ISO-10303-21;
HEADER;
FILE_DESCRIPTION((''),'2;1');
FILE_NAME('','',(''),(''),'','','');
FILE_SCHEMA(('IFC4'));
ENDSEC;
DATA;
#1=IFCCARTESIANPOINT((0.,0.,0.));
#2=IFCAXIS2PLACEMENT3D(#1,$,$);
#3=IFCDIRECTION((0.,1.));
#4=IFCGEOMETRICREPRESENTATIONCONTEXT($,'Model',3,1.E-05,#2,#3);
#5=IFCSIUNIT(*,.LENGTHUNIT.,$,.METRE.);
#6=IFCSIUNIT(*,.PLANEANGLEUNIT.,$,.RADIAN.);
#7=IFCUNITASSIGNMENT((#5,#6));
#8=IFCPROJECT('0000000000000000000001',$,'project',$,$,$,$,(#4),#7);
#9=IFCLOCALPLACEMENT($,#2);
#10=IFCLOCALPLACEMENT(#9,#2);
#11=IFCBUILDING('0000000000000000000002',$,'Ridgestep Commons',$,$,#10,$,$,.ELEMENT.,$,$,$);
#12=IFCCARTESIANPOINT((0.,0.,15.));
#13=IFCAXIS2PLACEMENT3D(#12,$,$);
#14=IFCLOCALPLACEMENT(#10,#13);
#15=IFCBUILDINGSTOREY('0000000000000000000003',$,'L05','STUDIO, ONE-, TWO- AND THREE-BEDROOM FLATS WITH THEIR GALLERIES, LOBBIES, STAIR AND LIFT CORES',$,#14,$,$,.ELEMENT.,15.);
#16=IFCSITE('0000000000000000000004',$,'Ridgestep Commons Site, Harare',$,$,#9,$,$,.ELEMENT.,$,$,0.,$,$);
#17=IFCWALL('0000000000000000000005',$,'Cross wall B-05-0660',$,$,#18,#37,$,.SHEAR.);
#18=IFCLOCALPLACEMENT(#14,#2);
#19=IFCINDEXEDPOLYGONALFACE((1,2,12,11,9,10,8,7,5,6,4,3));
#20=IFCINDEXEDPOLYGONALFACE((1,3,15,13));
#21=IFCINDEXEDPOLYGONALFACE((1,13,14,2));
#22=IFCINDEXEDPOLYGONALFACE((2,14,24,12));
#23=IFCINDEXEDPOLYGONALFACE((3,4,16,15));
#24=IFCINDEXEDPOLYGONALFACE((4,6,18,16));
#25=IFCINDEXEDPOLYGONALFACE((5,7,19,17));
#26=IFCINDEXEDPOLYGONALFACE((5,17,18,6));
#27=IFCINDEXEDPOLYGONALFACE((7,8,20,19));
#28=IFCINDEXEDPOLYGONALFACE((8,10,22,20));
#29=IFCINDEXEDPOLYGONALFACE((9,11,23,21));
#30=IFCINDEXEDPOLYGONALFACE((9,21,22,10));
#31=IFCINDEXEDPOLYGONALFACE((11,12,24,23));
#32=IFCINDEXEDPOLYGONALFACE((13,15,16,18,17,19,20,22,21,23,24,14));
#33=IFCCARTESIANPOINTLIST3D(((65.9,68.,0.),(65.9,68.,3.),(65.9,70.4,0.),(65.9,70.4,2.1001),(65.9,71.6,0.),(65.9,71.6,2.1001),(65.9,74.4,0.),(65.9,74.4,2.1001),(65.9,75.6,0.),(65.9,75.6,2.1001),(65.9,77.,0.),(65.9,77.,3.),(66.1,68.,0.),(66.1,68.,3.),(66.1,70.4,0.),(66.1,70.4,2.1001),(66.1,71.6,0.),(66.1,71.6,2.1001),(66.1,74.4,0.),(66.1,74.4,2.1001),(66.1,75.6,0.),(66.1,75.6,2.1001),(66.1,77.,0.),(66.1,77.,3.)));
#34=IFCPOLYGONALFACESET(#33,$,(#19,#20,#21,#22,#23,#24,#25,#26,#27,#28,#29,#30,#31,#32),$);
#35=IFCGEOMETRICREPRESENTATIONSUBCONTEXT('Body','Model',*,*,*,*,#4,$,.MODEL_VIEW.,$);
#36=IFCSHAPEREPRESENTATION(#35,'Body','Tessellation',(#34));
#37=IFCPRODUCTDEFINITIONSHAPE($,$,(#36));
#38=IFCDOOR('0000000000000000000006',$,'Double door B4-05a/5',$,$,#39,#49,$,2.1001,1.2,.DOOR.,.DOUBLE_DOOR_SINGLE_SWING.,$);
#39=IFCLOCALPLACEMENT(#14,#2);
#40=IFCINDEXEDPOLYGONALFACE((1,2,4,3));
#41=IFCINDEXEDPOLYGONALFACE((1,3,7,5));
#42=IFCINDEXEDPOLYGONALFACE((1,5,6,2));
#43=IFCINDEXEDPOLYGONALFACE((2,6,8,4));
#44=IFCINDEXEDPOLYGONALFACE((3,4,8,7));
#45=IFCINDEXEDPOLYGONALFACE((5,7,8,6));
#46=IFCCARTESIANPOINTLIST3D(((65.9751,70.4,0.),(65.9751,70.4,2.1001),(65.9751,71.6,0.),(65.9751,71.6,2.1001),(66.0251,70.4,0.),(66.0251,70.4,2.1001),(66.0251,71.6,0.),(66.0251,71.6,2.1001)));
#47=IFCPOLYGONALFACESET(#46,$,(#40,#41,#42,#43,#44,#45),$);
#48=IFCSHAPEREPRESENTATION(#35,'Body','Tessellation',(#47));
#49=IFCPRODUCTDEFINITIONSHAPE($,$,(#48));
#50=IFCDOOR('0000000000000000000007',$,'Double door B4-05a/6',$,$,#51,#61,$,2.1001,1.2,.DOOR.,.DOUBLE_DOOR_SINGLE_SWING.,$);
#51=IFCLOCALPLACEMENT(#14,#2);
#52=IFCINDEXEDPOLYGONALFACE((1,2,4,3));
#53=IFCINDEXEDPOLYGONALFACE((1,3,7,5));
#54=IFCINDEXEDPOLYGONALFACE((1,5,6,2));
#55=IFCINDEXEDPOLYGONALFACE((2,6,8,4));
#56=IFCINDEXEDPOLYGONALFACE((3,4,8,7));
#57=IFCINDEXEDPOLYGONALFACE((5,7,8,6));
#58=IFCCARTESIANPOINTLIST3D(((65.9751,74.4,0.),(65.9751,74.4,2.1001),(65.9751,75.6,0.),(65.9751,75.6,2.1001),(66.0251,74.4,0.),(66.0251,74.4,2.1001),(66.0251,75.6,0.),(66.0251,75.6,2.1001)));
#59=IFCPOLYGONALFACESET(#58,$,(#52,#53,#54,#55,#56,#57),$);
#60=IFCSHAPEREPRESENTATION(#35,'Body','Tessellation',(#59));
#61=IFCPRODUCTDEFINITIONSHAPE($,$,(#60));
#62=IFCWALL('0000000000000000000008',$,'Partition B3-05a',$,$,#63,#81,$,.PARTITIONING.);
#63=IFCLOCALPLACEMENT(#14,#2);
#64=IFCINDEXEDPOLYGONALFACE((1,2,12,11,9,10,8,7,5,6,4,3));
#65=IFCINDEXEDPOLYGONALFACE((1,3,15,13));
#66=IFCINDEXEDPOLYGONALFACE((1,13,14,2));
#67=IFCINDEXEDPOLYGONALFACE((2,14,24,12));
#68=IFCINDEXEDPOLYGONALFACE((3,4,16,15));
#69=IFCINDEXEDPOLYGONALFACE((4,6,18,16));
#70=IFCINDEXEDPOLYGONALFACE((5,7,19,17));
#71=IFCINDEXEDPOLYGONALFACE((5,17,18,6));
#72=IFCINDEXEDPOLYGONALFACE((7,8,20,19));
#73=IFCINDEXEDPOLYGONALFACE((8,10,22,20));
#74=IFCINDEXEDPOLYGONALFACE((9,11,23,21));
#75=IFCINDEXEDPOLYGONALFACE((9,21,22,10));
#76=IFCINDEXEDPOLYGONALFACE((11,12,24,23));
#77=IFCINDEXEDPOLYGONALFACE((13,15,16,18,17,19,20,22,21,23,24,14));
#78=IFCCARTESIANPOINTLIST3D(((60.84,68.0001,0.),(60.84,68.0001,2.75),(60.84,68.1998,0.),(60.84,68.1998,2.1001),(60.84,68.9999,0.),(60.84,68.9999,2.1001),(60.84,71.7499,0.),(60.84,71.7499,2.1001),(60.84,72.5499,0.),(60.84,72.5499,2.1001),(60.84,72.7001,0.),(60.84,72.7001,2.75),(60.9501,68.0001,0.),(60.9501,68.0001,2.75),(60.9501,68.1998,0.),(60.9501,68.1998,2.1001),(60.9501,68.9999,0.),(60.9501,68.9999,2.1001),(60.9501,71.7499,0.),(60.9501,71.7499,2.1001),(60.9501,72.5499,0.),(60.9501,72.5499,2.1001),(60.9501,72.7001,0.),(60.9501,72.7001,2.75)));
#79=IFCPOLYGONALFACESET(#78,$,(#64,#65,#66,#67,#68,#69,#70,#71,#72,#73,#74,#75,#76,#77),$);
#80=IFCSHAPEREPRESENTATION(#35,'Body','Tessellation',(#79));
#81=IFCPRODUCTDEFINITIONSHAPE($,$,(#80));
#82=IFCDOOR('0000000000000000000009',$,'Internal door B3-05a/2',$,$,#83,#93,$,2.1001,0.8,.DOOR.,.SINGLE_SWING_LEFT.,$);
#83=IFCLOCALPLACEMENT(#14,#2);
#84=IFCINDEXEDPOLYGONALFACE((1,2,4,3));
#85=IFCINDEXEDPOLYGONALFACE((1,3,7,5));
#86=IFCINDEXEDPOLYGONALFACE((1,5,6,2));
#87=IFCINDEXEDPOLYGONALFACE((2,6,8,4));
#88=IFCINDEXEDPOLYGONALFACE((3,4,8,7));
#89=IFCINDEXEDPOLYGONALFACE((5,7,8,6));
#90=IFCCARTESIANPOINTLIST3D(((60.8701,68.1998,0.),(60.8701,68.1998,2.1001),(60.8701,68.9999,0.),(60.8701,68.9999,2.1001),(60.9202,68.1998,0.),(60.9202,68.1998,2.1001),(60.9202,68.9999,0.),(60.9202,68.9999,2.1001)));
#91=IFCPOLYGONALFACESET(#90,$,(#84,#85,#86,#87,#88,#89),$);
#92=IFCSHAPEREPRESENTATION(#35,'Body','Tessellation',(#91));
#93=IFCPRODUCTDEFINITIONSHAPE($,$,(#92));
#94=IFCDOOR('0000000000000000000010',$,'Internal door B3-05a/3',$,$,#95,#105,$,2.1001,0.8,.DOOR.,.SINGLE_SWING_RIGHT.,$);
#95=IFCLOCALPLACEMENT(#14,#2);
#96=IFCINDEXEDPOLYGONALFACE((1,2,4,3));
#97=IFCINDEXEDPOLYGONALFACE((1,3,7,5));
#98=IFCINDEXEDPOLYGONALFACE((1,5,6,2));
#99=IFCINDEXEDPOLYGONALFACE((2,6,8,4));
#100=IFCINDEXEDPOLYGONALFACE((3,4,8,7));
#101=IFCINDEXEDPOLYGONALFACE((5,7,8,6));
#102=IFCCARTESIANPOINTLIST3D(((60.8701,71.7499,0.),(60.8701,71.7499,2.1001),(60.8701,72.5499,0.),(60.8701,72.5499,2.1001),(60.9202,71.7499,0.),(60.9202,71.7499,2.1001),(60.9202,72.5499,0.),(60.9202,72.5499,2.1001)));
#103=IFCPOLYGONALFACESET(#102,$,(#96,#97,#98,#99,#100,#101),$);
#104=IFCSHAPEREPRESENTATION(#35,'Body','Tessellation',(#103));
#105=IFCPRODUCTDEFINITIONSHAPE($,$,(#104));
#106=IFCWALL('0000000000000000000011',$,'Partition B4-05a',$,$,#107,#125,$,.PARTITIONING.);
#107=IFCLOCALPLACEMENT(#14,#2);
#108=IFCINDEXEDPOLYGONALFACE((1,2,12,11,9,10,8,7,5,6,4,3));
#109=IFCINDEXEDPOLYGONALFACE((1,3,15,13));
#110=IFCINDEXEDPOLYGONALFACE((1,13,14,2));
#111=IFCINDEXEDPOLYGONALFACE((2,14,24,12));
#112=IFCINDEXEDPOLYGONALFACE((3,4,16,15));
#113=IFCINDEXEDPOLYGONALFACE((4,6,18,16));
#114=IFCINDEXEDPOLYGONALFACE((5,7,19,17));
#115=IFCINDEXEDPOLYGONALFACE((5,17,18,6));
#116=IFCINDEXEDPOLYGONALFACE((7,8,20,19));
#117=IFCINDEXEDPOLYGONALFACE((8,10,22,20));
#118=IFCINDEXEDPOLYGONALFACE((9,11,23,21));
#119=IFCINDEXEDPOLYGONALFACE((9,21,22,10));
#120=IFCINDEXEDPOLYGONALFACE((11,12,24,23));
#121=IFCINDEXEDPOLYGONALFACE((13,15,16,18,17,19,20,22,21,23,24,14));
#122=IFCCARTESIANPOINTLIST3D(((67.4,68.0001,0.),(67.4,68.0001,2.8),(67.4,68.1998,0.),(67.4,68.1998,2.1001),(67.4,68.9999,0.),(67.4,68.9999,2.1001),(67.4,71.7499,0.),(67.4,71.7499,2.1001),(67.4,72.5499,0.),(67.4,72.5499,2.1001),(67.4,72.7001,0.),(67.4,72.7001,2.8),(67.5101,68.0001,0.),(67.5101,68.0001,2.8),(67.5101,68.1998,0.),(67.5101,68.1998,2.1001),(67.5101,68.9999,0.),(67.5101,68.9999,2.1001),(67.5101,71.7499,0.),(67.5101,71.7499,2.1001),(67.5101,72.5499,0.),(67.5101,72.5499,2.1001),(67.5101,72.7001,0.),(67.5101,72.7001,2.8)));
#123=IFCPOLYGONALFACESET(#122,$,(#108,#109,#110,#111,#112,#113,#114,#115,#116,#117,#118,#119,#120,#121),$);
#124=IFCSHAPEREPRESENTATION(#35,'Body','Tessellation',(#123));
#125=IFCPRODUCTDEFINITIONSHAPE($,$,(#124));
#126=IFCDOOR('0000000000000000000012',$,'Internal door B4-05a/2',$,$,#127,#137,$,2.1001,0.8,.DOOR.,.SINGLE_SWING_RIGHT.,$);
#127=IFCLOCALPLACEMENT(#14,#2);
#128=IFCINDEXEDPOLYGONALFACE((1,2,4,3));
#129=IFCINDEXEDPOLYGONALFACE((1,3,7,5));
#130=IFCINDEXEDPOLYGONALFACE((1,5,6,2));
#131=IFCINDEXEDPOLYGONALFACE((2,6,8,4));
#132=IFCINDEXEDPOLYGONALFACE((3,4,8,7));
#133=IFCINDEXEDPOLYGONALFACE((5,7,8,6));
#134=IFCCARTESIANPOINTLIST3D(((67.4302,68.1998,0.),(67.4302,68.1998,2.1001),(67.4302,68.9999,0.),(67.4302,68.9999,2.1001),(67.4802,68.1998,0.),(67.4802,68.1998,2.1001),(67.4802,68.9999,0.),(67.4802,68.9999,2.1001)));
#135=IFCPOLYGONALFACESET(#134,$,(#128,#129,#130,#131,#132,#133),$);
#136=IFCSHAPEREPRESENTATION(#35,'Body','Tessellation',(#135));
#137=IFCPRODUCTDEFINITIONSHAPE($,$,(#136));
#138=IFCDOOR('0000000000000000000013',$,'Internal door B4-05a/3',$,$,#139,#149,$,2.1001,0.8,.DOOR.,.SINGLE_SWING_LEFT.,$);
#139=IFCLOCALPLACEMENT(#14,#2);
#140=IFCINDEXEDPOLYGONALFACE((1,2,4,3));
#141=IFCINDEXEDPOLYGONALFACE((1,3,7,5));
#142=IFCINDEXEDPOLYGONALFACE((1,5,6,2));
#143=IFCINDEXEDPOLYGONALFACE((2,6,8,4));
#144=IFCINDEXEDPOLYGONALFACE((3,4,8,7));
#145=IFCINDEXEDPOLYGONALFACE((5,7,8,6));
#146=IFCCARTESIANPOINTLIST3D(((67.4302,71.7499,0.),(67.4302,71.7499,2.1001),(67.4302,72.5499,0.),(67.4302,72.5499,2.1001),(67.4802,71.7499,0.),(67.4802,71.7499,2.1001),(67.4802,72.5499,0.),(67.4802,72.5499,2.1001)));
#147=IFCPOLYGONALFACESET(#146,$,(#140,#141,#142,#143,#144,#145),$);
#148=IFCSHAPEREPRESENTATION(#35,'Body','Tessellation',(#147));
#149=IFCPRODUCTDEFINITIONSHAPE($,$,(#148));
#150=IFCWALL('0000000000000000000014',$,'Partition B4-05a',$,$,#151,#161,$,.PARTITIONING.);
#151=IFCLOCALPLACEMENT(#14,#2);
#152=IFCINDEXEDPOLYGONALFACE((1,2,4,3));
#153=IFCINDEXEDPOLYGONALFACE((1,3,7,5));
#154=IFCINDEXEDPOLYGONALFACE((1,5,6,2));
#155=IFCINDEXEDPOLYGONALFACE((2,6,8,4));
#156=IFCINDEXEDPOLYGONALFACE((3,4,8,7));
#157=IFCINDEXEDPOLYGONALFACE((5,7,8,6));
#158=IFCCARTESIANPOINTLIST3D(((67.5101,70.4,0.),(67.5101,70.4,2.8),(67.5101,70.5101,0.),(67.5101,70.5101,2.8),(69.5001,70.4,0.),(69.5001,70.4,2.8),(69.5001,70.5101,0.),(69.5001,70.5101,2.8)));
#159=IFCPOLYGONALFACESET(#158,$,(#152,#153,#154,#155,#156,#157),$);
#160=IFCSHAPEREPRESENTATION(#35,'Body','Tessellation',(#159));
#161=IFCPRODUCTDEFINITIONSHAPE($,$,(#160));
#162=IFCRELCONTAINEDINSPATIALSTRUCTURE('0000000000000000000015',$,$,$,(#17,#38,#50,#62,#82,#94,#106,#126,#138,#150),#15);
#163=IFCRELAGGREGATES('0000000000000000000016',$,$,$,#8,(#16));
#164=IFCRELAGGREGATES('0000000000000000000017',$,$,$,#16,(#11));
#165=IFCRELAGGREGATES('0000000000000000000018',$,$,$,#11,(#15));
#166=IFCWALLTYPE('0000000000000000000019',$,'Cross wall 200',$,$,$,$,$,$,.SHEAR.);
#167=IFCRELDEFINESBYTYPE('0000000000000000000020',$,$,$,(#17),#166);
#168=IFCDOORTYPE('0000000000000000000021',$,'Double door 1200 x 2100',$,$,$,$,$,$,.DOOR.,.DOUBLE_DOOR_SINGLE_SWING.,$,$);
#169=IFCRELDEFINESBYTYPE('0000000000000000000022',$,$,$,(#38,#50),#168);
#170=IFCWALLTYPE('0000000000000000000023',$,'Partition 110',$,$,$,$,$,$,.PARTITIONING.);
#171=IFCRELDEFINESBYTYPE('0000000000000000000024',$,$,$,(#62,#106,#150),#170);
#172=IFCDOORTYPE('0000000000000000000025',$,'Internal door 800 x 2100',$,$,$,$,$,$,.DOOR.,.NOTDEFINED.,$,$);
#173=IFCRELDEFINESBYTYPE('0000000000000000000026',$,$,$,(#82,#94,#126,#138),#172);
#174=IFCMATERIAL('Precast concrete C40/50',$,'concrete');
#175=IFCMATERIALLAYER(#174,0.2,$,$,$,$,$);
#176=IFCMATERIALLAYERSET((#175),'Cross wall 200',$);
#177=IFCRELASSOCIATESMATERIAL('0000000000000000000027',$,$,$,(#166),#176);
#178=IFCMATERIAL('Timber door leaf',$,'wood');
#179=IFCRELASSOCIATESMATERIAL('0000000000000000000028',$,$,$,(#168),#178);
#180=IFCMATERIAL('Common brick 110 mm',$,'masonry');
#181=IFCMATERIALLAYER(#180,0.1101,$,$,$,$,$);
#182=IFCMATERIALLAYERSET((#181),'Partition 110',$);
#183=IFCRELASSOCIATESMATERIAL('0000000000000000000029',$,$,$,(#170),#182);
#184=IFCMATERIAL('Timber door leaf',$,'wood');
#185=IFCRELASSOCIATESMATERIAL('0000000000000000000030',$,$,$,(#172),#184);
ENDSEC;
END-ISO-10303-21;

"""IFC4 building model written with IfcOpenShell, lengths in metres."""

from ifc_helpers import new_model, si_unit, direction, frame, frame_2d, origin, place, context, subcontext, project, spatial, rectangle, extrude, material, layer, layer_set, type_object, element, fill, save


model = new_model("IFC4")

# Units and contexts
model_context = context("Model", 3, precision=1e-05, world=origin(), true_north=direction((0.0, 1.0)))
body_context = subcontext(model_context, "Body", "Model", "MODEL_VIEW")
ifc_project = project(units=[si_unit("LENGTHUNIT", "METRE"), si_unit("PLANEANGLEUNIT", "RADIAN")], contexts=[model_context])

# Site, building, storey
site_placement = place(None, origin())
site = spatial("IfcSite", under=ifc_project, at=site_placement, Name="Ridgestep Commons Site, Harare", CompositionType="ELEMENT", RefElevation=0.0)
building_placement = place(site_placement, origin())
building = spatial("IfcBuilding", under=site, at=building_placement, Name="Ridgestep Commons", CompositionType="ELEMENT")
storey_placement = place(building_placement, frame((0.0, 0.0, 15.0)))
storey = spatial("IfcBuildingStorey", under=building, at=storey_placement, Name="L05", Description="STUDIO, ONE-, TWO- AND THREE-BEDROOM FLATS WITH THEIR GALLERIES, LOBBIES, STAIR AND LIFT CORES", CompositionType="ELEMENT", Elevation=15.0)

# Walls, openings, doors
ifc_material_1 = material(Name="Precast concrete C40/50", Category="concrete")
ifc_layer_1 = layer(ifc_material_1, 0.2)
ifc_layer_set_1 = layer_set([ifc_layer_1], Name="Cross wall 200")
wall_type_1 = type_object("IfcWallType", Name="Cross wall 200", PredefinedType="SHEAR", material=ifc_layer_set_1)
wall_1_placement = place(storey_placement, frame((66.0, 68.0, 0.0), z_axis=(0.0, 0.0, 1.0), x_axis=(0.0, 1.0, 0.0)))
wall_1 = element("IfcWall", 1, at=wall_1_placement, inside=storey, type_object=wall_type_1, Name="Cross wall B-05-0660", PredefinedType="SHEAR", context=body_context, shape_type="SweptSolid", body=[
    extrude(rectangle(XDim=9.0, YDim=0.2, at=frame_2d((4.5, 0.0))), origin(), (0.0, 0.0, 1.0), 3.0),
])
opening_1_placement = place(wall_1_placement, frame((2.3999, 0.0, 0.0)))
opening_1 = element("IfcOpeningElement", 2, at=opening_1_placement, cuts=wall_1, PredefinedType="OPENING", context=body_context, shape_type="SweptSolid", body=[
    extrude(rectangle(XDim=1.2, YDim=2.1001, at=frame_2d((0.6001, 1.05))), frame((0.0, 0.1099, 0.0), z_axis=(0.0, -1.0, 0.0), x_axis=(1.0, 0.0, 0.0)), (0.0, 0.0, 1.0), 0.22),
])
opening_2_placement = place(wall_1_placement, frame((6.3999, 0.0, 0.0)))
opening_2 = element("IfcOpeningElement", 3, at=opening_2_placement, cuts=wall_1, PredefinedType="OPENING", context=body_context, shape_type="SweptSolid", body=[
    extrude(rectangle(XDim=1.2, YDim=2.1001, at=frame_2d((0.6001, 1.05))), frame((0.0, 0.1099, 0.0), z_axis=(0.0, -1.0, 0.0), x_axis=(1.0, 0.0, 0.0)), (0.0, 0.0, 1.0), 0.22),
])
ifc_material_2 = material(Name="Timber door leaf", Category="wood")
door_type_1 = type_object("IfcDoorType", Name="Double door 1200 x 2100", OperationType="DOUBLE_DOOR_SINGLE_SWING", PredefinedType="DOOR", material=ifc_material_2)
door_1_placement = place(opening_1_placement, origin())
door_1 = element("IfcDoor", 4, at=door_1_placement, inside=storey, type_object=door_type_1, Name="Double door B4-05a/5", OperationType="DOUBLE_DOOR_SINGLE_SWING", OverallHeight=2.1001, OverallWidth=1.2, PredefinedType="DOOR", context=body_context, shape_type="SweptSolid", body=[
    extrude(rectangle(XDim=1.2, YDim=2.1001, at=frame_2d((0.6001, 1.05))), frame((0.0, 0.0249, 0.0), z_axis=(0.0, -1.0, 0.0), x_axis=(1.0, 0.0, 0.0)), (0.0, 0.0, 1.0), 0.05),
])
fill(opening_1, door_1)
door_2_placement = place(opening_2_placement, origin())
door_2 = element("IfcDoor", 5, at=door_2_placement, inside=storey, type_object=door_type_1, Name="Double door B4-05a/6", OperationType="DOUBLE_DOOR_SINGLE_SWING", OverallHeight=2.1001, OverallWidth=1.2, PredefinedType="DOOR", context=body_context, shape_type="SweptSolid", body=[
    extrude(rectangle(XDim=1.2, YDim=2.1001, at=frame_2d((0.6001, 1.05))), frame((0.0, 0.0249, 0.0), z_axis=(0.0, -1.0, 0.0), x_axis=(1.0, 0.0, 0.0)), (0.0, 0.0, 1.0), 0.05),
])
fill(opening_2, door_2)
ifc_material_3 = material(Name="Common brick 110 mm", Category="masonry")
ifc_layer_2 = layer(ifc_material_3, 0.1101)
ifc_layer_set_2 = layer_set([ifc_layer_2], Name="Partition 110")
wall_type_2 = type_object("IfcWallType", Name="Partition 110", PredefinedType="PARTITIONING", material=ifc_layer_set_2)
wall_2_placement = place(storey_placement, frame((60.895, 68.0, 0.0), z_axis=(0.0, 0.0, 1.0), x_axis=(0.0, 1.0, 0.0)))
wall_2 = element("IfcWall", 6, at=wall_2_placement, inside=storey, type_object=wall_type_2, Name="Partition B3-05a", PredefinedType="PARTITIONING", context=body_context, shape_type="SweptSolid", body=[
    extrude(rectangle(XDim=4.7, YDim=0.1101, at=frame_2d((2.3501, 0.0))), origin(), (0.0, 0.0, 1.0), 2.75),
])
opening_3_placement = place(wall_2_placement, frame((0.2, 0.0, 0.0)))
opening_3 = element("IfcOpeningElement", 7, at=opening_3_placement, cuts=wall_2, PredefinedType="OPENING", context=body_context, shape_type="SweptSolid", body=[
    extrude(rectangle(XDim=0.8, YDim=2.1001, at=frame_2d((0.3999, 1.05))), frame((0.0, 0.0649, 0.0), z_axis=(0.0, -1.0, 0.0), x_axis=(1.0, 0.0, 0.0)), (0.0, 0.0, 1.0), 0.1301),
])
opening_4_placement = place(wall_2_placement, frame((3.75, 0.0, 0.0)))
opening_4 = element("IfcOpeningElement", 8, at=opening_4_placement, cuts=wall_2, PredefinedType="OPENING", context=body_context, shape_type="SweptSolid", body=[
    extrude(rectangle(XDim=0.8, YDim=2.1001, at=frame_2d((0.3999, 1.05))), frame((0.0, 0.0649, 0.0), z_axis=(0.0, -1.0, 0.0), x_axis=(1.0, 0.0, 0.0)), (0.0, 0.0, 1.0), 0.1301),
])
ifc_material_4 = material(Name="Timber door leaf", Category="wood")
door_type_2 = type_object("IfcDoorType", Name="Internal door 800 x 2100", OperationType="NOTDEFINED", PredefinedType="DOOR", material=ifc_material_4)
door_3_placement = place(opening_3_placement, origin())
door_3 = element("IfcDoor", 9, at=door_3_placement, inside=storey, type_object=door_type_2, Name="Internal door B3-05a/2", OperationType="SINGLE_SWING_LEFT", OverallHeight=2.1001, OverallWidth=0.8, PredefinedType="DOOR", context=body_context, shape_type="SweptSolid", body=[
    extrude(rectangle(XDim=0.8, YDim=2.1001, at=frame_2d((0.3999, 1.05))), frame((0.0, 0.0249, 0.0), z_axis=(0.0, -1.0, 0.0), x_axis=(1.0, 0.0, 0.0)), (0.0, 0.0, 1.0), 0.05),
])
fill(opening_3, door_3)
door_4_placement = place(opening_4_placement, origin())
door_4 = element("IfcDoor", 10, at=door_4_placement, inside=storey, type_object=door_type_2, Name="Internal door B3-05a/3", OperationType="SINGLE_SWING_RIGHT", OverallHeight=2.1001, OverallWidth=0.8, PredefinedType="DOOR", context=body_context, shape_type="SweptSolid", body=[
    extrude(rectangle(XDim=0.8, YDim=2.1001, at=frame_2d((0.3999, 1.05))), frame((0.0, 0.0249, 0.0), z_axis=(0.0, -1.0, 0.0), x_axis=(1.0, 0.0, 0.0)), (0.0, 0.0, 1.0), 0.05),
])
fill(opening_4, door_4)
wall_3_placement = place(storey_placement, frame((67.4551, 68.0, 0.0), z_axis=(0.0, 0.0, 1.0), x_axis=(0.0, 1.0, 0.0)))
wall_3 = element("IfcWall", 11, at=wall_3_placement, inside=storey, type_object=wall_type_2, Name="Partition B4-05a", PredefinedType="PARTITIONING", context=body_context, shape_type="SweptSolid", body=[
    extrude(rectangle(XDim=4.7, YDim=0.1101, at=frame_2d((2.3501, 0.0))), origin(), (0.0, 0.0, 1.0), 2.8),
])
opening_5_placement = place(wall_3_placement, frame((0.2, 0.0, 0.0)))
opening_5 = element("IfcOpeningElement", 12, at=opening_5_placement, cuts=wall_3, PredefinedType="OPENING", context=body_context, shape_type="SweptSolid", body=[
    extrude(rectangle(XDim=0.8, YDim=2.1001, at=frame_2d((0.3999, 1.05))), frame((0.0, 0.0649, 0.0), z_axis=(0.0, -1.0, 0.0), x_axis=(1.0, 0.0, 0.0)), (0.0, 0.0, 1.0), 0.1301),
])
opening_6_placement = place(wall_3_placement, frame((3.75, 0.0, 0.0)))
opening_6 = element("IfcOpeningElement", 13, at=opening_6_placement, cuts=wall_3, PredefinedType="OPENING", context=body_context, shape_type="SweptSolid", body=[
    extrude(rectangle(XDim=0.8, YDim=2.1001, at=frame_2d((0.3999, 1.05))), frame((0.0, 0.0649, 0.0), z_axis=(0.0, -1.0, 0.0), x_axis=(1.0, 0.0, 0.0)), (0.0, 0.0, 1.0), 0.1301),
])
door_5_placement = place(opening_5_placement, origin())
door_5 = element("IfcDoor", 14, at=door_5_placement, inside=storey, type_object=door_type_2, Name="Internal door B4-05a/2", OperationType="SINGLE_SWING_RIGHT", OverallHeight=2.1001, OverallWidth=0.8, PredefinedType="DOOR", context=body_context, shape_type="SweptSolid", body=[
    extrude(rectangle(XDim=0.8, YDim=2.1001, at=frame_2d((0.3999, 1.05))), frame((0.0, 0.0249, 0.0), z_axis=(0.0, -1.0, 0.0), x_axis=(1.0, 0.0, 0.0)), (0.0, 0.0, 1.0), 0.05),
])
fill(opening_5, door_5)
door_6_placement = place(opening_6_placement, origin())
door_6 = element("IfcDoor", 15, at=door_6_placement, inside=storey, type_object=door_type_2, Name="Internal door B4-05a/3", OperationType="SINGLE_SWING_LEFT", OverallHeight=2.1001, OverallWidth=0.8, PredefinedType="DOOR", context=body_context, shape_type="SweptSolid", body=[
    extrude(rectangle(XDim=0.8, YDim=2.1001, at=frame_2d((0.3999, 1.05))), frame((0.0, 0.0249, 0.0), z_axis=(0.0, -1.0, 0.0), x_axis=(1.0, 0.0, 0.0)), (0.0, 0.0, 1.0), 0.05),
])
fill(opening_6, door_6)

# Wall
wall_4_placement = place(storey_placement, frame((67.51, 70.4551, 0.0), z_axis=(0.0, 0.0, 1.0), x_axis=(1.0, 0.0, 0.0)))
element("IfcWall", 16, at=wall_4_placement, inside=storey, type_object=wall_type_2, Name="Partition B4-05a", PredefinedType="PARTITIONING", context=body_context, shape_type="SweptSolid", body=[
    extrude(rectangle(XDim=1.99, YDim=0.1101, at=frame_2d((0.9951, 0.0))), origin(), (0.0, 0.0, 1.0), 2.8),
])

save(model, "model.ifc")
